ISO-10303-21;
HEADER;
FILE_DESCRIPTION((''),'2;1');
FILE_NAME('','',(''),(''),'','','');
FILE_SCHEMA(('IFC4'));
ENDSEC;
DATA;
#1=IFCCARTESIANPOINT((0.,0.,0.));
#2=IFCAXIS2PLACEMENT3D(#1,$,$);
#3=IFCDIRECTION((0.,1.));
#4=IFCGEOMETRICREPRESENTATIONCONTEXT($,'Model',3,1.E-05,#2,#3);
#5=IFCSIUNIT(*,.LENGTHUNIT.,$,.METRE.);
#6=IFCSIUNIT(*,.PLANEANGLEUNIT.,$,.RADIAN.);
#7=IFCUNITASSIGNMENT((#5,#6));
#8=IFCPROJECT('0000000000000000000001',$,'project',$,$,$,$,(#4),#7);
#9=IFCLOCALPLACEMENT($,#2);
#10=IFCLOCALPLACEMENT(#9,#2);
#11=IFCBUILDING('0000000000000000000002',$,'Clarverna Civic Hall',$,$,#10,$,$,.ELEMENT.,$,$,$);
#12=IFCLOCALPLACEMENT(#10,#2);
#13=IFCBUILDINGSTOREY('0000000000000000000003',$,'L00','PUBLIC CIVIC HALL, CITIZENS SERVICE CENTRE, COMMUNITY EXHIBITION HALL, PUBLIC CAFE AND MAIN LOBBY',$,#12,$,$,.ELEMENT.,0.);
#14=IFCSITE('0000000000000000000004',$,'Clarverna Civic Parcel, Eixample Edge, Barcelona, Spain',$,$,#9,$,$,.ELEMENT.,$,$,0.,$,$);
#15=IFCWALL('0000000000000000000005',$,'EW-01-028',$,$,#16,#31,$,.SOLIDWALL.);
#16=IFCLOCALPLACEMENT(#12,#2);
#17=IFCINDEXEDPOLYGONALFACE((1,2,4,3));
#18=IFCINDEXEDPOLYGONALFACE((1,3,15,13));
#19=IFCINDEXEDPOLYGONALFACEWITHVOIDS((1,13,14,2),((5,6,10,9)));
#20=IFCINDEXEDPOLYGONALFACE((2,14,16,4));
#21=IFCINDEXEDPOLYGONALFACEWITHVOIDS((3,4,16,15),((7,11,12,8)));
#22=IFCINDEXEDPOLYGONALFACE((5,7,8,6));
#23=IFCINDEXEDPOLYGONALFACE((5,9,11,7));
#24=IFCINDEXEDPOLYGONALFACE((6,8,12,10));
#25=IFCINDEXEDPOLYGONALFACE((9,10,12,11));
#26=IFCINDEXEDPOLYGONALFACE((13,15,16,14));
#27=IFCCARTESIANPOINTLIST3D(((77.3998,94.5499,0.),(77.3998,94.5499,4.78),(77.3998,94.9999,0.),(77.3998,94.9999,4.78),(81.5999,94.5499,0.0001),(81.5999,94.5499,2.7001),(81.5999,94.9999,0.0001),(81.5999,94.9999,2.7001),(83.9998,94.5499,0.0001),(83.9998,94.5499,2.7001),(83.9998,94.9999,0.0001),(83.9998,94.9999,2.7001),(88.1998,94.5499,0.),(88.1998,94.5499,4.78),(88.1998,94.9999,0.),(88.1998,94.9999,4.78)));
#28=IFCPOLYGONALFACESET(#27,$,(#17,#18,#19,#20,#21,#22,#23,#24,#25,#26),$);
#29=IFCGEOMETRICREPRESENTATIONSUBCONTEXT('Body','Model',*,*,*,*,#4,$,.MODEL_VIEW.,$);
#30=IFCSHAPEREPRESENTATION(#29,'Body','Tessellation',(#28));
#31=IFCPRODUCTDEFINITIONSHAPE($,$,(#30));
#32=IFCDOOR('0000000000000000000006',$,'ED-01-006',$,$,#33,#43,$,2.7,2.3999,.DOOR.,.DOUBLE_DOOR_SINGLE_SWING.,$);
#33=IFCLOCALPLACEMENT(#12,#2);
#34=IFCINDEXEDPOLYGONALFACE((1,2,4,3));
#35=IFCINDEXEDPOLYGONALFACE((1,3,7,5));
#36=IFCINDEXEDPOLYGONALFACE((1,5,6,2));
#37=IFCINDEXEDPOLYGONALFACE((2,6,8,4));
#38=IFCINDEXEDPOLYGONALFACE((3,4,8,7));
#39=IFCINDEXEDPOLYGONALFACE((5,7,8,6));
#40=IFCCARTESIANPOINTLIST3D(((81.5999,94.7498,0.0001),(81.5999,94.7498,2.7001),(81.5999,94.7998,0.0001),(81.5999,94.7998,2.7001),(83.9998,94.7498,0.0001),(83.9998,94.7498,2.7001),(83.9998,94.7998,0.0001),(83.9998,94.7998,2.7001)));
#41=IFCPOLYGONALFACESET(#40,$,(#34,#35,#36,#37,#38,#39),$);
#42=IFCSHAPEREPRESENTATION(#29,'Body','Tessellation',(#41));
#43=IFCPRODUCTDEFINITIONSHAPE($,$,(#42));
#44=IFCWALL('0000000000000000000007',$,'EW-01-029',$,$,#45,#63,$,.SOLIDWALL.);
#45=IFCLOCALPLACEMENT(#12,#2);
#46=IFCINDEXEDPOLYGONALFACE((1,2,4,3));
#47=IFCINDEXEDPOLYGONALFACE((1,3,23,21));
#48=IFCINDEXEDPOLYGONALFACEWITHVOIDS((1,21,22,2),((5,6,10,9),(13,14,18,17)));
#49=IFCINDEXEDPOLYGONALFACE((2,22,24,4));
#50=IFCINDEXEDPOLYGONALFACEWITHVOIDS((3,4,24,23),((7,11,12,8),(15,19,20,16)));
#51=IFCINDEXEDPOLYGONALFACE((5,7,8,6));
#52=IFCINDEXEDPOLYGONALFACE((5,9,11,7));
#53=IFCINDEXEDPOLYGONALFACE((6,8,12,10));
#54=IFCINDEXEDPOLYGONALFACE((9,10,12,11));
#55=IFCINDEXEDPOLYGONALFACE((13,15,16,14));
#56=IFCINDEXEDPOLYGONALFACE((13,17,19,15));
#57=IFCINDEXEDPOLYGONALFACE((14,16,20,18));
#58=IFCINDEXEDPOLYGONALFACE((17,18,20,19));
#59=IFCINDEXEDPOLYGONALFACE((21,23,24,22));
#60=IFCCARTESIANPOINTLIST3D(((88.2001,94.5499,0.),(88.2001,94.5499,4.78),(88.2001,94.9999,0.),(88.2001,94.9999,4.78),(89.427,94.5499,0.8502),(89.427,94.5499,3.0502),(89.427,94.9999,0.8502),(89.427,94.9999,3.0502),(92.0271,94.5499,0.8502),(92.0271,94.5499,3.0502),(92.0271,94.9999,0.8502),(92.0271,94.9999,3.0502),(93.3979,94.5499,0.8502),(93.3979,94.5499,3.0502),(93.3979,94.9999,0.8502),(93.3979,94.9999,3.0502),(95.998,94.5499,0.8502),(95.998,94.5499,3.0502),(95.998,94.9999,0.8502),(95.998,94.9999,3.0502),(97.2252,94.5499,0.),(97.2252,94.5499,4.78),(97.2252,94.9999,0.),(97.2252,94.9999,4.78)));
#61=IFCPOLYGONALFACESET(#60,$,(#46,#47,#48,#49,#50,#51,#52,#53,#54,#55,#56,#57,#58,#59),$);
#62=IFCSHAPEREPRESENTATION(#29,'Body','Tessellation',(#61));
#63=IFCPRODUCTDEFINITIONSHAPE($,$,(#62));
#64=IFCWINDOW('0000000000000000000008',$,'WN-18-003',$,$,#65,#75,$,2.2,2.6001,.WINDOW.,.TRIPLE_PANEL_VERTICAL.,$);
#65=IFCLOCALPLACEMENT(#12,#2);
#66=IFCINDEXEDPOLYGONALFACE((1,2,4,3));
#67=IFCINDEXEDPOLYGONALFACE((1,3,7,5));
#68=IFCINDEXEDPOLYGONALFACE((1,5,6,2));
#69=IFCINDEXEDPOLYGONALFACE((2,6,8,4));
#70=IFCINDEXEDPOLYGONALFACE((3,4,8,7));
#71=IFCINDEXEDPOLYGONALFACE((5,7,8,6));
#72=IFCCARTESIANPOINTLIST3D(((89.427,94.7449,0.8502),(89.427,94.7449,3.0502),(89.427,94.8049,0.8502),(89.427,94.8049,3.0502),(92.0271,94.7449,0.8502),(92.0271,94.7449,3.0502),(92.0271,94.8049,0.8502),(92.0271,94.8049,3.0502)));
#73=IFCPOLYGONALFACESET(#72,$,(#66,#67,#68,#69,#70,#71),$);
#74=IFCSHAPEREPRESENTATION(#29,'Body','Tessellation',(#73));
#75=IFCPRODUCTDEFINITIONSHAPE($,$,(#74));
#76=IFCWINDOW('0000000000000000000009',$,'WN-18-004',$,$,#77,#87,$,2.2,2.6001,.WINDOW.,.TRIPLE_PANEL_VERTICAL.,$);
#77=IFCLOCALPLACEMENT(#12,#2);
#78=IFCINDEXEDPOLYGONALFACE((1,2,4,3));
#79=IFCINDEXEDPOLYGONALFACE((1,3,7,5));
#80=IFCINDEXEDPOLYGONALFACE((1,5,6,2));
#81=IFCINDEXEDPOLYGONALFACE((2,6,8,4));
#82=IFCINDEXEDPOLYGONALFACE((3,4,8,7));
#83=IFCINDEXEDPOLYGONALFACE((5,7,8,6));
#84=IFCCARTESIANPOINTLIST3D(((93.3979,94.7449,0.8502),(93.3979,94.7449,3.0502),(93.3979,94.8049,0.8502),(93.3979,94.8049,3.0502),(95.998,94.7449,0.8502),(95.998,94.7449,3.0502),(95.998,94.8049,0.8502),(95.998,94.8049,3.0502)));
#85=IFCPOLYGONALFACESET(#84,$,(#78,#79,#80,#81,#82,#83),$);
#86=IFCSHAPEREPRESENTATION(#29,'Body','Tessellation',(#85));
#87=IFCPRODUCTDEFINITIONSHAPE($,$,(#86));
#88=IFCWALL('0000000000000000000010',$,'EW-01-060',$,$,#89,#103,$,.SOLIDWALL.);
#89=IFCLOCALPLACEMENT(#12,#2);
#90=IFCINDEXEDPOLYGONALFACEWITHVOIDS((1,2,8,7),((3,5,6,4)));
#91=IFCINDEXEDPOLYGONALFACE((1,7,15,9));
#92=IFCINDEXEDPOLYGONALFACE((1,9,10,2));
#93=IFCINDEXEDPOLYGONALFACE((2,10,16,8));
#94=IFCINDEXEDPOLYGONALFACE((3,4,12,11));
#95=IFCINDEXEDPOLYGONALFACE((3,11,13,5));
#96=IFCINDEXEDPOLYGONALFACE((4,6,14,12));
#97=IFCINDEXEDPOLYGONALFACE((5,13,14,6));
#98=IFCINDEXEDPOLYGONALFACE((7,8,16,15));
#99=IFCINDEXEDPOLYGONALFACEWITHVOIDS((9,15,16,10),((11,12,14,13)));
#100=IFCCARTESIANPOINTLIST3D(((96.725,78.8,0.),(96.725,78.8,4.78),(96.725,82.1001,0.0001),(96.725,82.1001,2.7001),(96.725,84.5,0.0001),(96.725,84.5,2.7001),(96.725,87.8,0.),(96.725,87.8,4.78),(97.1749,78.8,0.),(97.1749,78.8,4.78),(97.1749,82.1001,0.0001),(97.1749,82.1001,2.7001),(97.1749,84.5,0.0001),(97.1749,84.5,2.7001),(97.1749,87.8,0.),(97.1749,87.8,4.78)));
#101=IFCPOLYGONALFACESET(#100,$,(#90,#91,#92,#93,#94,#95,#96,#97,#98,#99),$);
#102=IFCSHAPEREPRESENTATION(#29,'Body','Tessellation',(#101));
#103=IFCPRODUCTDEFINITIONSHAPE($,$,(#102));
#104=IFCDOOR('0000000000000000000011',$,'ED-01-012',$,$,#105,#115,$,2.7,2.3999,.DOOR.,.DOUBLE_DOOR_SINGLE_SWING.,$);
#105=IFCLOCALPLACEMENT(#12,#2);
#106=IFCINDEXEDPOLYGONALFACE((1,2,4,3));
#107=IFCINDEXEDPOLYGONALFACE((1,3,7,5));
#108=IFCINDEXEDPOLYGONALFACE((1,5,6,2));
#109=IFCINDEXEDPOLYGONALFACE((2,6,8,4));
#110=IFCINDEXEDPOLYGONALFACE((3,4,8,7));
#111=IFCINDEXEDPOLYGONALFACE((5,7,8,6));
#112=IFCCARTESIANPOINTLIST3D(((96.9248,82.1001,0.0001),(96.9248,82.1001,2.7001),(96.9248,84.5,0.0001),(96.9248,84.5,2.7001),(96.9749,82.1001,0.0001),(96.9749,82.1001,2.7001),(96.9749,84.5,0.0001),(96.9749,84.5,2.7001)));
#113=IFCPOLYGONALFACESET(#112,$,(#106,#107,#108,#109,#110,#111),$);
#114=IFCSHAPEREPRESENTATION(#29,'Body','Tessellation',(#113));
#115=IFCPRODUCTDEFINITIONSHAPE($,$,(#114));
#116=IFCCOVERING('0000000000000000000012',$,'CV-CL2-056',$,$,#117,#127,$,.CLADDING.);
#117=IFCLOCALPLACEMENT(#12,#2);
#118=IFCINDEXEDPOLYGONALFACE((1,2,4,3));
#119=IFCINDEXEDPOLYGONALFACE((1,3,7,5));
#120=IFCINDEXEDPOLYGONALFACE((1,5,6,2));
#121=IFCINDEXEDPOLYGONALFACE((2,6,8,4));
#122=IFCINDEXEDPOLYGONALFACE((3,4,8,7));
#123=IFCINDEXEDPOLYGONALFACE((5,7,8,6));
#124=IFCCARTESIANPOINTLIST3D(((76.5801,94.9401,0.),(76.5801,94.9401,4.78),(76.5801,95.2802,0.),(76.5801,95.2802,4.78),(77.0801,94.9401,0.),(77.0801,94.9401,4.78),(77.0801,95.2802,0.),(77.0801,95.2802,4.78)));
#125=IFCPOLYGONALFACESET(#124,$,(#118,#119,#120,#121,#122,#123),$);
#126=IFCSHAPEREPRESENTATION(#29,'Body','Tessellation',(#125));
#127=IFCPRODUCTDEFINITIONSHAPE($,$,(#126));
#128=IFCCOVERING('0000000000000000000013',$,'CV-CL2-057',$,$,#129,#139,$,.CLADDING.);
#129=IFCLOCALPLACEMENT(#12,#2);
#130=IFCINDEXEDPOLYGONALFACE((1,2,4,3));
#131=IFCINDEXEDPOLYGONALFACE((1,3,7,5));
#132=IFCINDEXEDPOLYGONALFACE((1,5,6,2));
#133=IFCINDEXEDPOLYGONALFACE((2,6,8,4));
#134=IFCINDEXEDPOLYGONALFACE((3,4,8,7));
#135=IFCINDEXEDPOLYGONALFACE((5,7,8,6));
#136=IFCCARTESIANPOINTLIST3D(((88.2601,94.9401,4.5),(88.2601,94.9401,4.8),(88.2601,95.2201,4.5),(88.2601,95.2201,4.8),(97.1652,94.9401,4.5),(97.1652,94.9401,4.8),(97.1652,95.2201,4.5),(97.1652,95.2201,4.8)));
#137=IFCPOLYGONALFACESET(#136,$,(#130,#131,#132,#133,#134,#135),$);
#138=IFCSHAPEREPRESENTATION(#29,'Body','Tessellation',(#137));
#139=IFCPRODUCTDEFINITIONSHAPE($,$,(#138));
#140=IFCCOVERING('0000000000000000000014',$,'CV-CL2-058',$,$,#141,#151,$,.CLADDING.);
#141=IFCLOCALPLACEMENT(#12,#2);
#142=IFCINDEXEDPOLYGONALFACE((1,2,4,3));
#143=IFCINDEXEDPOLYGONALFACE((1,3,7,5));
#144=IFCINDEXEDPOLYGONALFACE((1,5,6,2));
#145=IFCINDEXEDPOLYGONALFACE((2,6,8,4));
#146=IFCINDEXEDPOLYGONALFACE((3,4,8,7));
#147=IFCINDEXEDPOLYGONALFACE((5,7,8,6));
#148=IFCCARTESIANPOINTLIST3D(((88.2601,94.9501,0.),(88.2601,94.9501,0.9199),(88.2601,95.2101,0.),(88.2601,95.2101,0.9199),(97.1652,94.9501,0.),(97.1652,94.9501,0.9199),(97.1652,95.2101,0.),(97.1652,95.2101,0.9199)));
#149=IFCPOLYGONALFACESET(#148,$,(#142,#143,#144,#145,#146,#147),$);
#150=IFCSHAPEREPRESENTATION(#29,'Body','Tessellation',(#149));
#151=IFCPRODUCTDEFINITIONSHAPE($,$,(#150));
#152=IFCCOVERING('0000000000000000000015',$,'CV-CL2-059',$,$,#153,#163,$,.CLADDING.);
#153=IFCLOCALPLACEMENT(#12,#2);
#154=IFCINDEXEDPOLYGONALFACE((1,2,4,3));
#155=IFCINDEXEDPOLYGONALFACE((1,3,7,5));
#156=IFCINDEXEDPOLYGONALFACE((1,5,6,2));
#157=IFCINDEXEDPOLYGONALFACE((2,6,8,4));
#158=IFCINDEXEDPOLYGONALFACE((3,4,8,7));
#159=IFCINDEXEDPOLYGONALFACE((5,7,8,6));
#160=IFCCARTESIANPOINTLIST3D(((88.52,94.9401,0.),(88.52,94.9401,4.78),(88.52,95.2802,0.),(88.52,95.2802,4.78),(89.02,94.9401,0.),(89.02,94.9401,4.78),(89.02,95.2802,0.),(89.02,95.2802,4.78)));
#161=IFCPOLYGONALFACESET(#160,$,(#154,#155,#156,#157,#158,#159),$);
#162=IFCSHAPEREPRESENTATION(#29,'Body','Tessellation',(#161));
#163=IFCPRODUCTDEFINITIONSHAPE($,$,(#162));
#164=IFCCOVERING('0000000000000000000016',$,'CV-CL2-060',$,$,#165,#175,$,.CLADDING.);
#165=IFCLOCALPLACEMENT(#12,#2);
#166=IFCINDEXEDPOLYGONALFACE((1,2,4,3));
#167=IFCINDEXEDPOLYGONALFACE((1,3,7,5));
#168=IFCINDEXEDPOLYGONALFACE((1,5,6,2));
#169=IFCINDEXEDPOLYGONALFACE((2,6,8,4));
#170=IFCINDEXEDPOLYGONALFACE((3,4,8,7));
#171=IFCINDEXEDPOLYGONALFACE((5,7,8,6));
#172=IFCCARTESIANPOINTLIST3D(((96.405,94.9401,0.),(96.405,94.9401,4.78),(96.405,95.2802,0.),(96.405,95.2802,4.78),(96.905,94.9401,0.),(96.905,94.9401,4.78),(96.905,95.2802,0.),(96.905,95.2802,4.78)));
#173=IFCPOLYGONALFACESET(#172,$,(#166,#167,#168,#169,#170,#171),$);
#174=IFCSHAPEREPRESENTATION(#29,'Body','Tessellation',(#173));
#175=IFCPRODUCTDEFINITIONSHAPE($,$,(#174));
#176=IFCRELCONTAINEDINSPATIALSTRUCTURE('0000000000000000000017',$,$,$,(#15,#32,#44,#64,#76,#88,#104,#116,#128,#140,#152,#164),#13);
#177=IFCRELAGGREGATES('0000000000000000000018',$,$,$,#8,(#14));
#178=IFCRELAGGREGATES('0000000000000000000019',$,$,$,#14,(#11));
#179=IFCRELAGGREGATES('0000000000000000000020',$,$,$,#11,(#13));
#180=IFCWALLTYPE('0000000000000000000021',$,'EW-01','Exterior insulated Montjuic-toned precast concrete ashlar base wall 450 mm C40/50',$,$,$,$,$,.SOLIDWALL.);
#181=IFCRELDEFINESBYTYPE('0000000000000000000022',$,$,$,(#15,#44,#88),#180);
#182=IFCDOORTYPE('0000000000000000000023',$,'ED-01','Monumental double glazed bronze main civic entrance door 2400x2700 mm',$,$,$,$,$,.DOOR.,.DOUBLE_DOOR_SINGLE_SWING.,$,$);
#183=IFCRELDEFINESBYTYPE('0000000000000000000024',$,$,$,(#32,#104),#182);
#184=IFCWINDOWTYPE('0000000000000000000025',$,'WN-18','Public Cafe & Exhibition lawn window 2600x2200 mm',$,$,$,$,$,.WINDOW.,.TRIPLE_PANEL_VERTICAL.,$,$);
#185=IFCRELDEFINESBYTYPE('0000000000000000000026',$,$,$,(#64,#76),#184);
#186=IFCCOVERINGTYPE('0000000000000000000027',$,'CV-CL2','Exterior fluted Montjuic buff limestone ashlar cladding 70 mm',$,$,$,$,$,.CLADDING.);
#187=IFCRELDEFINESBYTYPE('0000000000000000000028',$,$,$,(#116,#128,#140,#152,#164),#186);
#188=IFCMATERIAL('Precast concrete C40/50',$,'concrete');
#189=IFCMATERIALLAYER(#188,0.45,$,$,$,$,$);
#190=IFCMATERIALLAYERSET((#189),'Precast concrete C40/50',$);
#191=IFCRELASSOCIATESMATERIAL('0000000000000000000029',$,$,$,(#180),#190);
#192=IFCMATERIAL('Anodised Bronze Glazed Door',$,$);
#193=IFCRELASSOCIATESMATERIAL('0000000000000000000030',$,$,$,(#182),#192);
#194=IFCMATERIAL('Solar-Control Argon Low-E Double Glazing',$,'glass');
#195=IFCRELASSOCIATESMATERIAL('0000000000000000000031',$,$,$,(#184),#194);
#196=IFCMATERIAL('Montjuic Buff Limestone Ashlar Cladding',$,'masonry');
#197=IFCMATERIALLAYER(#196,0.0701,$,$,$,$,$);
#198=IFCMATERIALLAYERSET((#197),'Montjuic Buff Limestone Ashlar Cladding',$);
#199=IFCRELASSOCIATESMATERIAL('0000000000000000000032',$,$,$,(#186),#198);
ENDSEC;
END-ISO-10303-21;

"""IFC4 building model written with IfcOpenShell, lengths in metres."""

from ifc_helpers import new_model, si_unit, direction, frame, frame_2d, origin, place, context, subcontext, project, spatial, rectangle, extrude, material, layer, layer_set, type_object, element, fill, save


model = new_model("IFC4")

# Units and contexts
model_context = context("Model", 3, precision=1e-05, world=origin(), true_north=direction((0.0, 1.0)))
body_context = subcontext(model_context, "Body", "Model", "MODEL_VIEW")
ifc_project = project(units=[si_unit("LENGTHUNIT", "METRE"), si_unit("PLANEANGLEUNIT", "RADIAN")], contexts=[model_context])

# Site, building, storey
site_placement = place(None, origin())
site = spatial("IfcSite", under=ifc_project, at=site_placement, Name="Clarverna Civic Parcel, Eixample Edge, Barcelona, Spain", CompositionType="ELEMENT", RefElevation=0.0)
building_placement = place(site_placement, origin())
building = spatial("IfcBuilding", under=site, at=building_placement, Name="Clarverna Civic Hall", CompositionType="ELEMENT")
storey_placement = place(building_placement, origin())
storey = spatial("IfcBuildingStorey", under=building, at=storey_placement, Name="L00", Description="PUBLIC CIVIC HALL, CITIZENS SERVICE CENTRE, COMMUNITY EXHIBITION HALL, PUBLIC CAFE AND MAIN LOBBY", CompositionType="ELEMENT", Elevation=0.0)

# Wall, opening, door
ifc_material_1 = material(Name="Precast concrete C40/50", Category="concrete")
ifc_layer_1 = layer(ifc_material_1, 0.45)
ifc_layer_set_1 = layer_set([ifc_layer_1], Name="Precast concrete C40/50")
wall_type = type_object("IfcWallType", Name="EW-01", Description="Exterior insulated Montjuic-toned precast concrete ashlar base wall 450 mm C40/50", PredefinedType="SOLIDWALL", material=ifc_layer_set_1)
wall_1_placement = place(storey_placement, frame((77.3999, 94.7749, 0.0), z_axis=(0.0, 0.0, 1.0), x_axis=(1.0, 0.0, 0.0)))
wall_1 = element("IfcWall", 1, at=wall_1_placement, inside=storey, type_object=wall_type, Name="EW-01-028", PredefinedType="SOLIDWALL", context=body_context, shape_type="SweptSolid", body=[
    extrude(rectangle(XDim=10.8, YDim=0.45, at=frame_2d((5.3999, 0.0))), origin(), (0.0, 0.0, 1.0), 4.78),
])
opening_1_placement = place(wall_1_placement, frame((4.2, 0.0, 0.0)))
opening_1 = element("IfcOpeningElement", 2, at=opening_1_placement, cuts=wall_1, PredefinedType="OPENING", context=body_context, shape_type="SweptSolid", body=[
    extrude(rectangle(XDim=2.3999, YDim=2.7, at=frame_2d((1.2, 1.3501))), frame((0.0, 0.2349, 0.0), z_axis=(0.0, -1.0, 0.0), x_axis=(1.0, 0.0, 0.0)), (0.0, 0.0, 1.0), 0.47),
])
ifc_material_2 = material(Name="Anodised Bronze Glazed Door")
door_type = type_object("IfcDoorType", Name="ED-01", Description="Monumental double glazed bronze main civic entrance door 2400x2700 mm", OperationType="DOUBLE_DOOR_SINGLE_SWING", PredefinedType="DOOR", material=ifc_material_2)
door_1_placement = place(opening_1_placement, origin())
door_1 = element("IfcDoor", 3, at=door_1_placement, inside=storey, type_object=door_type, Name="ED-01-006", OperationType="DOUBLE_DOOR_SINGLE_SWING", OverallHeight=2.7, OverallWidth=2.3999, PredefinedType="DOOR", context=body_context, shape_type="SweptSolid", body=[
    extrude(rectangle(XDim=2.3999, YDim=2.7, at=frame_2d((1.2, 1.3501))), frame((0.0, 0.0249, 0.0), z_axis=(0.0, -1.0, 0.0), x_axis=(1.0, 0.0, 0.0)), (0.0, 0.0, 1.0), 0.05),
])
fill(opening_1, door_1)

# Wall, openings, windows
wall_2_placement = place(storey_placement, frame((88.2, 94.7749, 0.0), z_axis=(0.0, 0.0, 1.0), x_axis=(1.0, 0.0, 0.0)))
wall_2 = element("IfcWall", 4, at=wall_2_placement, inside=storey, type_object=wall_type, Name="EW-01-029", PredefinedType="SOLIDWALL", context=body_context, shape_type="SweptSolid", body=[
    extrude(rectangle(XDim=9.0251, YDim=0.45, at=frame_2d((4.5127, 0.0))), origin(), (0.0, 0.0, 1.0), 4.78),
])
opening_2_placement = place(wall_2_placement, frame((1.2271, 0.0, 0.8501)))
opening_2 = element("IfcOpeningElement", 5, at=opening_2_placement, cuts=wall_2, PredefinedType="OPENING", context=body_context, shape_type="SweptSolid", body=[
    extrude(rectangle(XDim=2.6001, YDim=2.2, at=frame_2d((1.3, 1.1001))), frame((0.0, 0.2349, 0.0), z_axis=(0.0, -1.0, 0.0), x_axis=(1.0, 0.0, 0.0)), (0.0, 0.0, 1.0), 0.47),
])
opening_3_placement = place(wall_2_placement, frame((5.198, 0.0, 0.8501)))
opening_3 = element("IfcOpeningElement", 6, at=opening_3_placement, cuts=wall_2, PredefinedType="OPENING", context=body_context, shape_type="SweptSolid", body=[
    extrude(rectangle(XDim=2.6001, YDim=2.2, at=frame_2d((1.3, 1.1001))), frame((0.0, 0.2349, 0.0), z_axis=(0.0, -1.0, 0.0), x_axis=(1.0, 0.0, 0.0)), (0.0, 0.0, 1.0), 0.47),
])
ifc_material_3 = material(Name="Solar-Control Argon Low-E Double Glazing", Category="glass")
window_type = type_object("IfcWindowType", Name="WN-18", Description="Public Cafe & Exhibition lawn window 2600x2200 mm", PartitioningType="TRIPLE_PANEL_VERTICAL", PredefinedType="WINDOW", material=ifc_material_3)
window_1_placement = place(opening_2_placement, origin())
window_1 = element("IfcWindow", 7, at=window_1_placement, inside=storey, type_object=window_type, Name="WN-18-003", OverallHeight=2.2, OverallWidth=2.6001, PartitioningType="TRIPLE_PANEL_VERTICAL", PredefinedType="WINDOW", context=body_context, shape_type="SweptSolid", body=[
    extrude(rectangle(XDim=2.6001, YDim=2.2, at=frame_2d((1.3, 1.1001))), frame((0.0, 0.03, 0.0), z_axis=(0.0, -1.0, 0.0), x_axis=(1.0, 0.0, 0.0)), (0.0, 0.0, 1.0), 0.0601),
])
fill(opening_2, window_1)
window_2_placement = place(opening_3_placement, origin())
window_2 = element("IfcWindow", 8, at=window_2_placement, inside=storey, type_object=window_type, Name="WN-18-004", OverallHeight=2.2, OverallWidth=2.6001, PartitioningType="TRIPLE_PANEL_VERTICAL", PredefinedType="WINDOW", context=body_context, shape_type="SweptSolid", body=[
    extrude(rectangle(XDim=2.6001, YDim=2.2, at=frame_2d((1.3, 1.1001))), frame((0.0, 0.03, 0.0), z_axis=(0.0, -1.0, 0.0), x_axis=(1.0, 0.0, 0.0)), (0.0, 0.0, 1.0), 0.0601),
])
fill(opening_3, window_2)

# Wall, opening, door
wall_3_placement = place(storey_placement, frame((96.95, 87.8, 0.0), z_axis=(0.0, 0.0, 1.0), x_axis=(0.0, -1.0, 0.0)))
wall_3 = element("IfcWall", 9, at=wall_3_placement, inside=storey, type_object=wall_type, Name="EW-01-060", PredefinedType="SOLIDWALL", context=body_context, shape_type="SweptSolid", body=[
    extrude(rectangle(XDim=9.0, YDim=0.45, at=frame_2d((4.5, 0.0))), origin(), (0.0, 0.0, 1.0), 4.78),
])
opening_4_placement = place(wall_3_placement, frame((3.3, 0.0, 0.0)))
opening_4 = element("IfcOpeningElement", 10, at=opening_4_placement, cuts=wall_3, PredefinedType="OPENING", context=body_context, shape_type="SweptSolid", body=[
    extrude(rectangle(XDim=2.3999, YDim=2.7, at=frame_2d((1.2, 1.3501))), frame((0.0, 0.2349, 0.0), z_axis=(0.0, -1.0, 0.0), x_axis=(1.0, 0.0, 0.0)), (0.0, 0.0, 1.0), 0.47),
])
door_2_placement = place(opening_4_placement, origin())
door_2 = element("IfcDoor", 11, at=door_2_placement, inside=storey, type_object=door_type, Name="ED-01-012", OperationType="DOUBLE_DOOR_SINGLE_SWING", OverallHeight=2.7, OverallWidth=2.3999, PredefinedType="DOOR", context=body_context, shape_type="SweptSolid", body=[
    extrude(rectangle(XDim=2.3999, YDim=2.7, at=frame_2d((1.2, 1.3501))), frame((0.0, 0.0249, 0.0), z_axis=(0.0, -1.0, 0.0), x_axis=(1.0, 0.0, 0.0)), (0.0, 0.0, 1.0), 0.05),
])
fill(opening_4, door_2)

# Coverings
ifc_material_4 = material(Name="Montjuic Buff Limestone Ashlar Cladding", Category="masonry")
ifc_layer_2 = layer(ifc_material_4, 0.0701)
ifc_layer_set_2 = layer_set([ifc_layer_2], Name="Montjuic Buff Limestone Ashlar Cladding")
covering_type = type_object("IfcCoveringType", Name="CV-CL2", Description="Exterior fluted Montjuic buff limestone ashlar cladding 70 mm", PredefinedType="CLADDING", material=ifc_layer_set_2)
covering_1_placement = place(storey_placement, frame((76.5801, 95.1101, 0.0), z_axis=(0.0, 0.0, 1.0), x_axis=(1.0, 0.0, 0.0)))
element("IfcCovering", 12, at=covering_1_placement, inside=storey, type_object=covering_type, Name="CV-CL2-056", PredefinedType="CLADDING", context=body_context, shape_type="SweptSolid", body=[
    extrude(rectangle(XDim=0.5, YDim=0.3401, at=frame_2d((0.25, 0.0))), origin(), (0.0, 0.0, 1.0), 4.78),
])
covering_2_placement = place(storey_placement, frame((88.26, 95.0801, 4.5), z_axis=(0.0, 0.0, 1.0), x_axis=(1.0, 0.0, 0.0)))
element("IfcCovering", 13, at=covering_2_placement, inside=storey, type_object=covering_type, Name="CV-CL2-057", PredefinedType="CLADDING", context=body_context, shape_type="SweptSolid", body=[
    extrude(rectangle(XDim=8.905, YDim=0.28, at=frame_2d((4.4526, 0.0))), origin(), (0.0, 0.0, 1.0), 0.3),
])
covering_3_placement = place(storey_placement, frame((88.26, 95.0801, 0.0), z_axis=(0.0, 0.0, 1.0), x_axis=(1.0, 0.0, 0.0)))
element("IfcCovering", 14, at=covering_3_placement, inside=storey, type_object=covering_type, Name="CV-CL2-058", PredefinedType="CLADDING", context=body_context, shape_type="SweptSolid", body=[
    extrude(rectangle(XDim=8.905, YDim=0.26, at=frame_2d((4.4526, 0.0))), origin(), (0.0, 0.0, 1.0), 0.9199),
])
for number, where, z_axis, x_axis, name in (
    (15, (88.52, 95.1101, 0.0), (0.0, 0.0, 1.0), (1.0, 0.0, 0.0), "CV-CL2-059"),
    (16, (96.405, 95.1101, 0.0), (0.0, 0.0, 1.0), (1.0, 0.0, 0.0), "CV-CL2-060"),
):
    element("IfcCovering", number, at=place(storey_placement, frame(where, z_axis=z_axis, x_axis=x_axis)), inside=storey, type_object=covering_type, Name=name, PredefinedType="CLADDING", context=body_context, shape_type="SweptSolid", body=[
        extrude(rectangle(XDim=0.5, YDim=0.3401, at=frame_2d((0.25, 0.0))), origin(), (0.0, 0.0, 1.0), 4.78),
    ])

save(model, "model.ifc")
